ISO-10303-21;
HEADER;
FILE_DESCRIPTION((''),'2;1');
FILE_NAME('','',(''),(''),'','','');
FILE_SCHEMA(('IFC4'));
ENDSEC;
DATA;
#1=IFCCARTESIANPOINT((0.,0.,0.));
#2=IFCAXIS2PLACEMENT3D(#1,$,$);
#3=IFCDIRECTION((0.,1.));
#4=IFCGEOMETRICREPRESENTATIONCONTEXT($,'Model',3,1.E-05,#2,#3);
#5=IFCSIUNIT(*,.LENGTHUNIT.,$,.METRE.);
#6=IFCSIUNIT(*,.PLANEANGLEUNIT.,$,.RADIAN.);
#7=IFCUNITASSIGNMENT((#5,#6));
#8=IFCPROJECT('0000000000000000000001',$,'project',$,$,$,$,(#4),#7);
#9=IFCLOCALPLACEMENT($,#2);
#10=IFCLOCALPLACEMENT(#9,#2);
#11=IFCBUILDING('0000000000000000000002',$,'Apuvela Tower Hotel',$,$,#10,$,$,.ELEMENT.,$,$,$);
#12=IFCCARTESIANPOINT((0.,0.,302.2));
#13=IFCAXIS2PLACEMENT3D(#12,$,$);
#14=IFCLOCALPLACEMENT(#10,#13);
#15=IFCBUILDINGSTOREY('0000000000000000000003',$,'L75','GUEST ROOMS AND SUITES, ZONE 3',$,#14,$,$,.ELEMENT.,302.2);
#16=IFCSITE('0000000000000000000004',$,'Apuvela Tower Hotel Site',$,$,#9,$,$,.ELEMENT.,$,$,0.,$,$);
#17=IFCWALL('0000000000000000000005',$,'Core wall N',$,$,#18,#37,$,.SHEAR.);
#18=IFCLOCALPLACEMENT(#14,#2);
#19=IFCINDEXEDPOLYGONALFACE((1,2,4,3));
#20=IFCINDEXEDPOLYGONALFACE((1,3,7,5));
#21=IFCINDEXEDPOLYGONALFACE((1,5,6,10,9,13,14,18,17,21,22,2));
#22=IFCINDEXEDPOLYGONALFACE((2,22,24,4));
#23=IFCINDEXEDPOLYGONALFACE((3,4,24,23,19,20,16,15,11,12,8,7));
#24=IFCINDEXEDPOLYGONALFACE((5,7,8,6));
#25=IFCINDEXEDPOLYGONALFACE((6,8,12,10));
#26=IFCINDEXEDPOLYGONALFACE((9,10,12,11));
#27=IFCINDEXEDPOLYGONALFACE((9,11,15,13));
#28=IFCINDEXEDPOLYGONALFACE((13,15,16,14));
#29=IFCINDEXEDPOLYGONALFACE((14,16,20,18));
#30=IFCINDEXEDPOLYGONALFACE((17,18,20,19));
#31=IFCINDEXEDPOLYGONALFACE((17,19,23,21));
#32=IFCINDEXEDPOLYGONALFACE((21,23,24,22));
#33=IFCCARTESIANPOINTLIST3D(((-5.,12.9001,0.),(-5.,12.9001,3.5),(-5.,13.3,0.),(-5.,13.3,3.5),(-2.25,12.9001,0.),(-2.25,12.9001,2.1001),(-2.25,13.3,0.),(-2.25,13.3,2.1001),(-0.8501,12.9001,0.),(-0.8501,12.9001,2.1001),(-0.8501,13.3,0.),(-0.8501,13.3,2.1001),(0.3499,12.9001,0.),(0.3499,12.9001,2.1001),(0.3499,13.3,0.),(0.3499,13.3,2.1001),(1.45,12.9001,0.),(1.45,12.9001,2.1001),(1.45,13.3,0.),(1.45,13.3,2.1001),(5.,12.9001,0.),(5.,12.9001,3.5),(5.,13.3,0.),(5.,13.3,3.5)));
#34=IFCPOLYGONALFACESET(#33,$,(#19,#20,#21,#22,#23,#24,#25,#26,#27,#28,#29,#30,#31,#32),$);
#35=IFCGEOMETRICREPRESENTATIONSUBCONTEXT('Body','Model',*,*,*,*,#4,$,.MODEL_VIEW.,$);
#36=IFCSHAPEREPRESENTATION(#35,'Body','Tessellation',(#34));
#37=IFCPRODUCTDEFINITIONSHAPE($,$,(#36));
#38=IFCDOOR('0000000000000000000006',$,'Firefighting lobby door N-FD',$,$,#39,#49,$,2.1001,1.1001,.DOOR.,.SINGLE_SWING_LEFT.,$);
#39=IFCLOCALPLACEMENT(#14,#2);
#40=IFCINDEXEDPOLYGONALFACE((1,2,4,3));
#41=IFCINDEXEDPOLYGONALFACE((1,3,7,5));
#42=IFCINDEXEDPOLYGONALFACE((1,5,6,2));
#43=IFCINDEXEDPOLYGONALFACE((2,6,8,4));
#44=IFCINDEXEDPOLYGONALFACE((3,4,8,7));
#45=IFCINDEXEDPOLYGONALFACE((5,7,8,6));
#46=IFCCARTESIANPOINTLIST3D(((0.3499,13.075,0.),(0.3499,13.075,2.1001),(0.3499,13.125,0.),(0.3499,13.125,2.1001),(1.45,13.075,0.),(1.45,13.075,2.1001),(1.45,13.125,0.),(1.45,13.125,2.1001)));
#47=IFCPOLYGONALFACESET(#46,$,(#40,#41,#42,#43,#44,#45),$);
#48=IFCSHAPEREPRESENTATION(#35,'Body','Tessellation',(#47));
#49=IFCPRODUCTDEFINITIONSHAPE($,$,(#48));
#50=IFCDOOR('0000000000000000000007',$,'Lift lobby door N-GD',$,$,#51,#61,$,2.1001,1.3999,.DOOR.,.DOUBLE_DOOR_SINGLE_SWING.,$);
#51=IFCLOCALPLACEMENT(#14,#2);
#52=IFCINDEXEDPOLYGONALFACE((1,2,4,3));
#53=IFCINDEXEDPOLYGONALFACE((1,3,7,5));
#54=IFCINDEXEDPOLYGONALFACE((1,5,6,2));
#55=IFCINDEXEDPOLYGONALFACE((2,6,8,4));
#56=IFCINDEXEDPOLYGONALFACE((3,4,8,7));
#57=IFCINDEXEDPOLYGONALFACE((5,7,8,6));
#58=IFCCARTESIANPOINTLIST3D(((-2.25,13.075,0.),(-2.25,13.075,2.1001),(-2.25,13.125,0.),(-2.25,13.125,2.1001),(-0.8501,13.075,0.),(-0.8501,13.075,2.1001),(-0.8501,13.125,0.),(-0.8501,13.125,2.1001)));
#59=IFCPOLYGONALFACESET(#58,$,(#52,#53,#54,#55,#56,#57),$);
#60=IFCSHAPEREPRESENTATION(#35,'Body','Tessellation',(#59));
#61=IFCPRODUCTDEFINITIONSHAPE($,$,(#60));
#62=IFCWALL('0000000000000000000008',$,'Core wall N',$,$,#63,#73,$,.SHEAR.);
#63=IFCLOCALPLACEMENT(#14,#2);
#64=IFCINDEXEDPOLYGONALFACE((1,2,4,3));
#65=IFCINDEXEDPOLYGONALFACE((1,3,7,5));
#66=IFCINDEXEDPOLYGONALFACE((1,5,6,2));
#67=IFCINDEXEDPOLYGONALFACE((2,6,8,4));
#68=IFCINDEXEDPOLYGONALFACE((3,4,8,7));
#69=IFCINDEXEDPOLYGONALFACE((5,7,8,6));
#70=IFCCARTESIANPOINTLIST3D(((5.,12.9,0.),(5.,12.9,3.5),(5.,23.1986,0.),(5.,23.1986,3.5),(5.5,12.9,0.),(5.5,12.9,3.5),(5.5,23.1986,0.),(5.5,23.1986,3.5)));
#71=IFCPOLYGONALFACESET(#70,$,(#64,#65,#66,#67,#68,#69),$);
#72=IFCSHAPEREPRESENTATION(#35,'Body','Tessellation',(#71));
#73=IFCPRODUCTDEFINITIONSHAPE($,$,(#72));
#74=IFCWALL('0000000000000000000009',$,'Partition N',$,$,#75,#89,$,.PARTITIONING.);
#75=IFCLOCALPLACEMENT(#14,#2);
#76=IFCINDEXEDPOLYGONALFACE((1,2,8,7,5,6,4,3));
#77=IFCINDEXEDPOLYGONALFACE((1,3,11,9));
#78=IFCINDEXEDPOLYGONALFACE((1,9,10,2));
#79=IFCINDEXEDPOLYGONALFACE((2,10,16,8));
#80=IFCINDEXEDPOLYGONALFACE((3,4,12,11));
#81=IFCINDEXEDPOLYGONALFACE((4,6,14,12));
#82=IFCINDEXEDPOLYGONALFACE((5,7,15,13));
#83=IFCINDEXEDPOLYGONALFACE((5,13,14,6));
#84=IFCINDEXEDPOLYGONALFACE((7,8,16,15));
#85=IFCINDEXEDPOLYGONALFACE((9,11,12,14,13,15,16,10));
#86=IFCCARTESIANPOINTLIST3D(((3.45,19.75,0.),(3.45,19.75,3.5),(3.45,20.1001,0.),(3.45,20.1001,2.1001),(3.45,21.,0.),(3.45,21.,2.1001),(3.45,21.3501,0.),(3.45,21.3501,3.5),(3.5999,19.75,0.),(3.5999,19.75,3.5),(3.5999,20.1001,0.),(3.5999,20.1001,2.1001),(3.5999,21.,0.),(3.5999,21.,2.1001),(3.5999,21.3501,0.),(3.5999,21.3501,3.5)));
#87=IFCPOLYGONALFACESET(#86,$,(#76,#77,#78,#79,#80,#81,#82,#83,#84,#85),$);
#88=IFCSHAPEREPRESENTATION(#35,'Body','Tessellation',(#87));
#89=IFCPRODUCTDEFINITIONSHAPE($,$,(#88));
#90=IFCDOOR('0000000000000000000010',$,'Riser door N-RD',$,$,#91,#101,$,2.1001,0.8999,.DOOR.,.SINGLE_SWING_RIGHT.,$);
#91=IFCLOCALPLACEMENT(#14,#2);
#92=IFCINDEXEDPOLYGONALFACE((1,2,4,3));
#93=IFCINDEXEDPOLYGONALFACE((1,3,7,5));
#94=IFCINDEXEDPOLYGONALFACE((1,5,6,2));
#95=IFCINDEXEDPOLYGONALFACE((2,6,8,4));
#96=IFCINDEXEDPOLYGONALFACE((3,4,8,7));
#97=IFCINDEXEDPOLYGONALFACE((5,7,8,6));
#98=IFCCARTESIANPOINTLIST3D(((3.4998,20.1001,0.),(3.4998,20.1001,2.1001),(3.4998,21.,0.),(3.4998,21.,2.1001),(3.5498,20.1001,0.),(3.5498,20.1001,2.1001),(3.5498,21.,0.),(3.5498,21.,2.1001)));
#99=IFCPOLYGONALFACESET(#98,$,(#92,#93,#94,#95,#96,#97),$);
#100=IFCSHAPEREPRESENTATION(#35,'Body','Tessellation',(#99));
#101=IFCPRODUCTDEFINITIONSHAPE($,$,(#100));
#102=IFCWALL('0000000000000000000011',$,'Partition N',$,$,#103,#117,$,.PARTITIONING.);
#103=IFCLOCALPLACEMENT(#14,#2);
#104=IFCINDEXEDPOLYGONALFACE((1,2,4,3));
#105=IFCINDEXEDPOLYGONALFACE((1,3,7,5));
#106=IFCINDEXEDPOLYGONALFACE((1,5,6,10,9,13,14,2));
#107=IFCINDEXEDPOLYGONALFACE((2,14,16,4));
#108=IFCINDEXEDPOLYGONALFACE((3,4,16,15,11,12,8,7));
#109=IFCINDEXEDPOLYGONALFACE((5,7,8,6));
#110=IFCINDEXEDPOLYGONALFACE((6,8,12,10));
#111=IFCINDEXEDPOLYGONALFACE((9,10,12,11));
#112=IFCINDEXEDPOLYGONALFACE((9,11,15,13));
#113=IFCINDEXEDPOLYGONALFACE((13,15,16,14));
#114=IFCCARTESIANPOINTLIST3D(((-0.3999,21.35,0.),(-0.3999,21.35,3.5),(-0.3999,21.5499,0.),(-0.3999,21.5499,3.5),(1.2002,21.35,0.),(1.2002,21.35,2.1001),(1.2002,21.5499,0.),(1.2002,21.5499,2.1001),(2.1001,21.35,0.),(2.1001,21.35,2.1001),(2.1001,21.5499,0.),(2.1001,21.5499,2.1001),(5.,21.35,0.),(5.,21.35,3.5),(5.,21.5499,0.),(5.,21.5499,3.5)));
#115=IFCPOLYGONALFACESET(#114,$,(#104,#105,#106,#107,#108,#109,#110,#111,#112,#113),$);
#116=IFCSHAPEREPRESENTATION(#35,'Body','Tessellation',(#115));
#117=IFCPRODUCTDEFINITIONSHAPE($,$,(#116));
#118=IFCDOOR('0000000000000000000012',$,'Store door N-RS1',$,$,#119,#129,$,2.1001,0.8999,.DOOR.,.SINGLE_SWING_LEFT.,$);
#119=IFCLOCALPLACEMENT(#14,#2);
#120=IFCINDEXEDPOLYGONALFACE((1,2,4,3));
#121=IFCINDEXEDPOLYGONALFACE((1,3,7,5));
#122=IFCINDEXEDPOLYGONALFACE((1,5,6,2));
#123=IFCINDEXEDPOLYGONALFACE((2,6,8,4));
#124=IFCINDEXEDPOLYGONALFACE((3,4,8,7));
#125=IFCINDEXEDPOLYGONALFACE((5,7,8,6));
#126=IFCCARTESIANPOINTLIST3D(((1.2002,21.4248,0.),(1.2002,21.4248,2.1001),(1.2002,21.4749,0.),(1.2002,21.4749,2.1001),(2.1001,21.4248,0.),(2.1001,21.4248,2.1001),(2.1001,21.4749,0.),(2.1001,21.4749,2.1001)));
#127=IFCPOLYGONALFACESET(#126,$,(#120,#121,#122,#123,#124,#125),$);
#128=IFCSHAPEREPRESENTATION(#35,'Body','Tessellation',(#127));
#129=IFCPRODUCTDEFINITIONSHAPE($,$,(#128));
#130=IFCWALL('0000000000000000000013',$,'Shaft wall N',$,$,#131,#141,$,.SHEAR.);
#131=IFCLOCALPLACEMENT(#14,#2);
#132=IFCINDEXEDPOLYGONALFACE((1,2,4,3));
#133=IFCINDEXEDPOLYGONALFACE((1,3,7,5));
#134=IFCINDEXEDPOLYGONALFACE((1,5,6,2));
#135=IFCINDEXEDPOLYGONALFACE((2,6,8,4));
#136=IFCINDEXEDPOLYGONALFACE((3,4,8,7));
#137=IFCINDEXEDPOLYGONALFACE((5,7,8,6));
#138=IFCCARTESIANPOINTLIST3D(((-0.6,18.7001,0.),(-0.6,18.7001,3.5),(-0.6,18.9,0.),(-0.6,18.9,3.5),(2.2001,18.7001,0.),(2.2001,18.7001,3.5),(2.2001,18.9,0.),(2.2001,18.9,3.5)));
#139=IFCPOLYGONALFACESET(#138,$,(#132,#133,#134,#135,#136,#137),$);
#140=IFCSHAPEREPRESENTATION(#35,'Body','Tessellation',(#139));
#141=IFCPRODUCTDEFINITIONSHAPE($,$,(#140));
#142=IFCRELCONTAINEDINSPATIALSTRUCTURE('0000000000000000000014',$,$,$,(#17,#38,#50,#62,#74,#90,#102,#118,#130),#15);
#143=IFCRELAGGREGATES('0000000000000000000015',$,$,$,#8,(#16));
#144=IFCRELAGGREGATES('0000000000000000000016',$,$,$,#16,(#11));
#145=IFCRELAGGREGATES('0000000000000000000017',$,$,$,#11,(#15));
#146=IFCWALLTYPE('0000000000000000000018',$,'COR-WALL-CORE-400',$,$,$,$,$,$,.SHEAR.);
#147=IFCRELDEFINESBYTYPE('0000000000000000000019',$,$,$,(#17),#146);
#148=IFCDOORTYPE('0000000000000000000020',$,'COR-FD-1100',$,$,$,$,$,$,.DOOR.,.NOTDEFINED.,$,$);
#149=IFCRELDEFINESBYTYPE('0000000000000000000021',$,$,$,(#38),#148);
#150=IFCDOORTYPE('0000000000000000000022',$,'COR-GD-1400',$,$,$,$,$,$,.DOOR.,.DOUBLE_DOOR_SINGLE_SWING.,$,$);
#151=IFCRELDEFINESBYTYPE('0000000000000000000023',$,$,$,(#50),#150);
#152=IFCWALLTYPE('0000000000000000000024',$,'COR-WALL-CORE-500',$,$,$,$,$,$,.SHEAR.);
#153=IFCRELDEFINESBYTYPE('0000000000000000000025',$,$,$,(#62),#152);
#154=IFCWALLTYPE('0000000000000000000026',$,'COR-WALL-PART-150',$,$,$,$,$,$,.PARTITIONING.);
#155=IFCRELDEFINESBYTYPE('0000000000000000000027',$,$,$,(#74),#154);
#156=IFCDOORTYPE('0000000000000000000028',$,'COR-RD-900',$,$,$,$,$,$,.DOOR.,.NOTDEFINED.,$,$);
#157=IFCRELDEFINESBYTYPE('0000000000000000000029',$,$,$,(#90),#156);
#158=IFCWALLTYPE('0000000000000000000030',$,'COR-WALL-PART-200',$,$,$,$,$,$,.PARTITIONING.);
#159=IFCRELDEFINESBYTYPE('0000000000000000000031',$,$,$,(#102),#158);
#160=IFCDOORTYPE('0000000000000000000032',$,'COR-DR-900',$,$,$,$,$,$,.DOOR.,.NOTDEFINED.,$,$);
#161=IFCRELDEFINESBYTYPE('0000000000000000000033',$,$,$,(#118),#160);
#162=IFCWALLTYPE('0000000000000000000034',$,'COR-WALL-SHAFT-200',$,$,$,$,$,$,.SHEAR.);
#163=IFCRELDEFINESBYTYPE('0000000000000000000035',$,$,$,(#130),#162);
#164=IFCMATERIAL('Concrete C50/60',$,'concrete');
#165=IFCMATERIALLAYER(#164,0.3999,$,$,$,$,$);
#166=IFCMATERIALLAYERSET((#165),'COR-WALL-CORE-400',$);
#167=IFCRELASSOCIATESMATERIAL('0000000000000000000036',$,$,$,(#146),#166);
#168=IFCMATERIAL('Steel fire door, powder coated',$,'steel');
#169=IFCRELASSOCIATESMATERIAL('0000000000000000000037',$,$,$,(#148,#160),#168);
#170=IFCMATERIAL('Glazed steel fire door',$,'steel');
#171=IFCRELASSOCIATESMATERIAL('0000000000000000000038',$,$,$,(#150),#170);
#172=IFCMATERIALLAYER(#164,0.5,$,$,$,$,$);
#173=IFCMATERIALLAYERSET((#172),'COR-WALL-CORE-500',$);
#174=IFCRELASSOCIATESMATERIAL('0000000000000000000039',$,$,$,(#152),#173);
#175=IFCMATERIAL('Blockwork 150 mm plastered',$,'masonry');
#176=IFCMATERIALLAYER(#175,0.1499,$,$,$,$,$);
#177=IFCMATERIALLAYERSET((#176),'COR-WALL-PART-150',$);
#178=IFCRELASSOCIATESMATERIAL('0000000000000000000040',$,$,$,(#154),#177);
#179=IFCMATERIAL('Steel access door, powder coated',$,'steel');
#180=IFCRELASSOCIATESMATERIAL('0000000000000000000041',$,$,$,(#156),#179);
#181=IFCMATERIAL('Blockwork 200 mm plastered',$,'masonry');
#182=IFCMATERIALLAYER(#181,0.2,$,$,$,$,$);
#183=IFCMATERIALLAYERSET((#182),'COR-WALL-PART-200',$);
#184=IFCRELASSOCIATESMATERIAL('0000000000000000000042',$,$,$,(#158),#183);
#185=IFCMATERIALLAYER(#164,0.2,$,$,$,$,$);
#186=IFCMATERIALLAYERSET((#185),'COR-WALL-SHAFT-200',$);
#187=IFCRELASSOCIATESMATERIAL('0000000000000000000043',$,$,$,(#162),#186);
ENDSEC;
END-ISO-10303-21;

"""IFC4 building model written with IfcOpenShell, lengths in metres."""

from ifc_helpers import new_model, si_unit, direction, frame, frame_2d, origin, place, context, subcontext, project, spatial, rectangle, extrude, material, layer, layer_set, type_object, element, fill, save


model = new_model("IFC4")

# Units and contexts
model_context = context("Model", 3, precision=1e-05, world=origin(), true_north=direction((0.0, 1.0)))
body_context = subcontext(model_context, "Body", "Model", "MODEL_VIEW")
ifc_project = project(units=[si_unit("LENGTHUNIT", "METRE"), si_unit("PLANEANGLEUNIT", "RADIAN")], contexts=[model_context])

# Site, building, storey
site_placement = place(None, origin())
site = spatial("IfcSite", under=ifc_project, at=site_placement, Name="Apuvela Tower Hotel Site", CompositionType="ELEMENT", RefElevation=0.0)
building_placement = place(site_placement, origin())
building = spatial("IfcBuilding", under=site, at=building_placement, Name="Apuvela Tower Hotel", CompositionType="ELEMENT")
storey_placement = place(building_placement, frame((0.0, 0.0, 302.2)))
storey = spatial("IfcBuildingStorey", under=building, at=storey_placement, Name="L75", Description="GUEST ROOMS AND SUITES, ZONE 3", CompositionType="ELEMENT", Elevation=302.2)

# Wall, openings, doors
ifc_material_1 = material(Name="Concrete C50/60", Category="concrete")
ifc_layer_1 = layer(ifc_material_1, 0.3999)
ifc_layer_set_1 = layer_set([ifc_layer_1], Name="COR-WALL-CORE-400")
wall_type_1 = type_object("IfcWallType", Name="COR-WALL-CORE-400", PredefinedType="SHEAR", material=ifc_layer_set_1)
wall_1_placement = place(storey_placement, frame((5.0, 13.1001, 0.0), z_axis=(0.0, 0.0, 1.0), x_axis=(-1.0, 0.0, 0.0)))
wall_1 = element("IfcWall", 1, at=wall_1_placement, inside=storey, type_object=wall_type_1, Name="Core wall N", PredefinedType="SHEAR", context=body_context, shape_type="SweptSolid", body=[
    extrude(rectangle(XDim=10.0, YDim=0.3999, at=frame_2d((5.0, 0.0))), origin(), (0.0, 0.0, 1.0), 3.5),
])
opening_1_placement = place(wall_1_placement, frame((3.55, 0.0, 0.0)))
opening_1 = element("IfcOpeningElement", 2, at=opening_1_placement, cuts=wall_1, PredefinedType="OPENING", context=body_context, shape_type="SweptSolid", body=[
    extrude(rectangle(XDim=1.1001, YDim=2.1001, at=frame_2d((0.55, 1.05))), frame((0.0, 0.21, 0.0), z_axis=(0.0, -1.0, 0.0), x_axis=(1.0, 0.0, 0.0)), (0.0, 0.0, 1.0), 0.4199),
])
opening_2_placement = place(wall_1_placement, frame((5.8501, 0.0, 0.0)))
opening_2 = element("IfcOpeningElement", 3, at=opening_2_placement, cuts=wall_1, PredefinedType="OPENING", context=body_context, shape_type="SweptSolid", body=[
    extrude(rectangle(XDim=1.3999, YDim=2.1001, at=frame_2d((0.7, 1.05))), frame((0.0, 0.21, 0.0), z_axis=(0.0, -1.0, 0.0), x_axis=(1.0, 0.0, 0.0)), (0.0, 0.0, 1.0), 0.4199),
])
ifc_material_2 = material(Name="Steel fire door, powder coated", Category="steel")
door_type_1 = type_object("IfcDoorType", Name="COR-FD-1100", OperationType="NOTDEFINED", PredefinedType="DOOR", material=ifc_material_2)
door_1_placement = place(opening_1_placement, frame((1.1001, 0.0, 0.0), z_axis=(0.0, 0.0, 1.0), x_axis=(-1.0, 0.0, 0.0)))
door_1 = element("IfcDoor", 4, at=door_1_placement, inside=storey, type_object=door_type_1, Name="Firefighting lobby door N-FD", OperationType="SINGLE_SWING_LEFT", OverallHeight=2.1001, OverallWidth=1.1001, PredefinedType="DOOR", context=body_context, shape_type="SweptSolid", body=[
    extrude(rectangle(XDim=1.1001, YDim=2.1001, at=frame_2d((0.55, 1.05))), frame((0.0, 0.0249, 0.0), z_axis=(0.0, -1.0, 0.0), x_axis=(1.0, 0.0, 0.0)), (0.0, 0.0, 1.0), 0.05),
])
fill(opening_1, door_1)
ifc_material_3 = material(Name="Glazed steel fire door", Category="steel")
door_type_2 = type_object("IfcDoorType", Name="COR-GD-1400", OperationType="DOUBLE_DOOR_SINGLE_SWING", PredefinedType="DOOR", material=ifc_material_3)
door_2_placement = place(opening_2_placement, frame((1.3999, 0.0, 0.0), z_axis=(0.0, 0.0, 1.0), x_axis=(-1.0, 0.0, 0.0)))
door_2 = element("IfcDoor", 5, at=door_2_placement, inside=storey, type_object=door_type_2, Name="Lift lobby door N-GD", OperationType="DOUBLE_DOOR_SINGLE_SWING", OverallHeight=2.1001, OverallWidth=1.3999, PredefinedType="DOOR", context=body_context, shape_type="SweptSolid", body=[
    extrude(rectangle(XDim=1.3999, YDim=2.1001, at=frame_2d((0.7, 1.05))), frame((0.0, 0.0249, 0.0), z_axis=(0.0, -1.0, 0.0), x_axis=(1.0, 0.0, 0.0)), (0.0, 0.0, 1.0), 0.05),
])
fill(opening_2, door_2)

# Wall
ifc_layer_2 = layer(ifc_material_1, 0.5)
ifc_layer_set_2 = layer_set([ifc_layer_2], Name="COR-WALL-CORE-500")
wall_type_2 = type_object("IfcWallType", Name="COR-WALL-CORE-500", PredefinedType="SHEAR", material=ifc_layer_set_2)
wall_2_placement = place(storey_placement, frame((5.25, 12.8999, 0.0), z_axis=(0.0, 0.0, 1.0), x_axis=(0.0, 1.0, 0.0)))
element("IfcWall", 6, at=wall_2_placement, inside=storey, type_object=wall_type_2, Name="Core wall N", PredefinedType="SHEAR", context=body_context, shape_type="SweptSolid", body=[
    extrude(rectangle(XDim=10.2986, YDim=0.5, at=frame_2d((5.1494, 0.0))), origin(), (0.0, 0.0, 1.0), 3.5),
])

# Walls, openings, doors
ifc_material_4 = material(Name="Blockwork 150 mm plastered", Category="masonry")
ifc_layer_3 = layer(ifc_material_4, 0.1499)
ifc_layer_set_3 = layer_set([ifc_layer_3], Name="COR-WALL-PART-150")
wall_type_3 = type_object("IfcWallType", Name="COR-WALL-PART-150", PredefinedType="PARTITIONING", material=ifc_layer_set_3)
wall_3_placement = place(storey_placement, frame((3.5249, 19.75, 0.0), z_axis=(0.0, 0.0, 1.0), x_axis=(0.0, 1.0, 0.0)))
wall_3 = element("IfcWall", 7, at=wall_3_placement, inside=storey, type_object=wall_type_3, Name="Partition N", PredefinedType="PARTITIONING", context=body_context, shape_type="SweptSolid", body=[
    extrude(rectangle(XDim=1.6001, YDim=0.1499, at=frame_2d((0.8, 0.0))), origin(), (0.0, 0.0, 1.0), 3.5),
])
opening_3_placement = place(wall_3_placement, frame((0.3501, 0.0, 0.0)))
opening_3 = element("IfcOpeningElement", 8, at=opening_3_placement, cuts=wall_3, PredefinedType="OPENING", context=body_context, shape_type="SweptSolid", body=[
    extrude(rectangle(XDim=0.8999, YDim=2.1001, at=frame_2d((0.45, 1.05))), frame((0.0, 0.085, 0.0), z_axis=(0.0, -1.0, 0.0), x_axis=(1.0, 0.0, 0.0)), (0.0, 0.0, 1.0), 0.1699),
])
ifc_material_5 = material(Name="Steel access door, powder coated", Category="steel")
door_type_3 = type_object("IfcDoorType", Name="COR-RD-900", OperationType="NOTDEFINED", PredefinedType="DOOR", material=ifc_material_5)
door_3_placement = place(opening_3_placement, frame((0.8999, 0.0, 0.0), z_axis=(0.0, 0.0, 1.0), x_axis=(-1.0, 0.0, 0.0)))
door_3 = element("IfcDoor", 9, at=door_3_placement, inside=storey, type_object=door_type_3, Name="Riser door N-RD", OperationType="SINGLE_SWING_RIGHT", OverallHeight=2.1001, OverallWidth=0.8999, PredefinedType="DOOR", context=body_context, shape_type="SweptSolid", body=[
    extrude(rectangle(XDim=0.8999, YDim=2.1001, at=frame_2d((0.45, 1.05))), frame((0.0, 0.0249, 0.0), z_axis=(0.0, -1.0, 0.0), x_axis=(1.0, 0.0, 0.0)), (0.0, 0.0, 1.0), 0.05),
])
fill(opening_3, door_3)
ifc_material_6 = material(Name="Blockwork 200 mm plastered", Category="masonry")
ifc_layer_4 = layer(ifc_material_6, 0.2)
ifc_layer_set_4 = layer_set([ifc_layer_4], Name="COR-WALL-PART-200")
wall_type_4 = type_object("IfcWallType", Name="COR-WALL-PART-200", PredefinedType="PARTITIONING", material=ifc_layer_set_4)
wall_4_placement = place(storey_placement, frame((5.0, 21.45, 0.0), z_axis=(0.0, 0.0, 1.0), x_axis=(-1.0, 0.0, 0.0)))
wall_4 = element("IfcWall", 10, at=wall_4_placement, inside=storey, type_object=wall_type_4, Name="Partition N", PredefinedType="PARTITIONING", context=body_context, shape_type="SweptSolid", body=[
    extrude(rectangle(XDim=5.3999, YDim=0.2, at=frame_2d((2.7, 0.0))), origin(), (0.0, 0.0, 1.0), 3.5),
])
opening_4_placement = place(wall_4_placement, frame((2.8999, 0.0, 0.0)))
opening_4 = element("IfcOpeningElement", 11, at=opening_4_placement, cuts=wall_4, PredefinedType="OPENING", context=body_context, shape_type="SweptSolid", body=[
    extrude(rectangle(XDim=0.8999, YDim=2.1001, at=frame_2d((0.45, 1.05))), frame((0.0, 0.1099, 0.0), z_axis=(0.0, -1.0, 0.0), x_axis=(1.0, 0.0, 0.0)), (0.0, 0.0, 1.0), 0.22),
])
door_type_4 = type_object("IfcDoorType", Name="COR-DR-900", OperationType="NOTDEFINED", PredefinedType="DOOR", material=ifc_material_2)
door_4_placement = place(opening_4_placement, frame((0.8999, 0.0, 0.0), z_axis=(0.0, 0.0, 1.0), x_axis=(-1.0, 0.0, 0.0)))
door_4 = element("IfcDoor", 12, at=door_4_placement, inside=storey, type_object=door_type_4, Name="Store door N-RS1", OperationType="SINGLE_SWING_LEFT", OverallHeight=2.1001, OverallWidth=0.8999, PredefinedType="DOOR", context=body_context, shape_type="SweptSolid", body=[
    extrude(rectangle(XDim=0.8999, YDim=2.1001, at=frame_2d((0.45, 1.05))), frame((0.0, 0.0249, 0.0), z_axis=(0.0, -1.0, 0.0), x_axis=(1.0, 0.0, 0.0)), (0.0, 0.0, 1.0), 0.05),
])
fill(opening_4, door_4)

# Wall
ifc_layer_5 = layer(ifc_material_1, 0.2)
ifc_layer_set_5 = layer_set([ifc_layer_5], Name="COR-WALL-SHAFT-200")
wall_type_5 = type_object("IfcWallType", Name="COR-WALL-SHAFT-200", PredefinedType="SHEAR", material=ifc_layer_set_5)
wall_5_placement = place(storey_placement, frame((2.2, 18.8, 0.0), z_axis=(0.0, 0.0, 1.0), x_axis=(-1.0, 0.0, 0.0)))
element("IfcWall", 13, at=wall_5_placement, inside=storey, type_object=wall_type_5, Name="Shaft wall N", PredefinedType="SHEAR", context=body_context, shape_type="SweptSolid", body=[
    extrude(rectangle(XDim=2.8, YDim=0.2, at=frame_2d((1.3999, 0.0))), origin(), (0.0, 0.0, 1.0), 3.5),
])

save(model, "model.ifc")
